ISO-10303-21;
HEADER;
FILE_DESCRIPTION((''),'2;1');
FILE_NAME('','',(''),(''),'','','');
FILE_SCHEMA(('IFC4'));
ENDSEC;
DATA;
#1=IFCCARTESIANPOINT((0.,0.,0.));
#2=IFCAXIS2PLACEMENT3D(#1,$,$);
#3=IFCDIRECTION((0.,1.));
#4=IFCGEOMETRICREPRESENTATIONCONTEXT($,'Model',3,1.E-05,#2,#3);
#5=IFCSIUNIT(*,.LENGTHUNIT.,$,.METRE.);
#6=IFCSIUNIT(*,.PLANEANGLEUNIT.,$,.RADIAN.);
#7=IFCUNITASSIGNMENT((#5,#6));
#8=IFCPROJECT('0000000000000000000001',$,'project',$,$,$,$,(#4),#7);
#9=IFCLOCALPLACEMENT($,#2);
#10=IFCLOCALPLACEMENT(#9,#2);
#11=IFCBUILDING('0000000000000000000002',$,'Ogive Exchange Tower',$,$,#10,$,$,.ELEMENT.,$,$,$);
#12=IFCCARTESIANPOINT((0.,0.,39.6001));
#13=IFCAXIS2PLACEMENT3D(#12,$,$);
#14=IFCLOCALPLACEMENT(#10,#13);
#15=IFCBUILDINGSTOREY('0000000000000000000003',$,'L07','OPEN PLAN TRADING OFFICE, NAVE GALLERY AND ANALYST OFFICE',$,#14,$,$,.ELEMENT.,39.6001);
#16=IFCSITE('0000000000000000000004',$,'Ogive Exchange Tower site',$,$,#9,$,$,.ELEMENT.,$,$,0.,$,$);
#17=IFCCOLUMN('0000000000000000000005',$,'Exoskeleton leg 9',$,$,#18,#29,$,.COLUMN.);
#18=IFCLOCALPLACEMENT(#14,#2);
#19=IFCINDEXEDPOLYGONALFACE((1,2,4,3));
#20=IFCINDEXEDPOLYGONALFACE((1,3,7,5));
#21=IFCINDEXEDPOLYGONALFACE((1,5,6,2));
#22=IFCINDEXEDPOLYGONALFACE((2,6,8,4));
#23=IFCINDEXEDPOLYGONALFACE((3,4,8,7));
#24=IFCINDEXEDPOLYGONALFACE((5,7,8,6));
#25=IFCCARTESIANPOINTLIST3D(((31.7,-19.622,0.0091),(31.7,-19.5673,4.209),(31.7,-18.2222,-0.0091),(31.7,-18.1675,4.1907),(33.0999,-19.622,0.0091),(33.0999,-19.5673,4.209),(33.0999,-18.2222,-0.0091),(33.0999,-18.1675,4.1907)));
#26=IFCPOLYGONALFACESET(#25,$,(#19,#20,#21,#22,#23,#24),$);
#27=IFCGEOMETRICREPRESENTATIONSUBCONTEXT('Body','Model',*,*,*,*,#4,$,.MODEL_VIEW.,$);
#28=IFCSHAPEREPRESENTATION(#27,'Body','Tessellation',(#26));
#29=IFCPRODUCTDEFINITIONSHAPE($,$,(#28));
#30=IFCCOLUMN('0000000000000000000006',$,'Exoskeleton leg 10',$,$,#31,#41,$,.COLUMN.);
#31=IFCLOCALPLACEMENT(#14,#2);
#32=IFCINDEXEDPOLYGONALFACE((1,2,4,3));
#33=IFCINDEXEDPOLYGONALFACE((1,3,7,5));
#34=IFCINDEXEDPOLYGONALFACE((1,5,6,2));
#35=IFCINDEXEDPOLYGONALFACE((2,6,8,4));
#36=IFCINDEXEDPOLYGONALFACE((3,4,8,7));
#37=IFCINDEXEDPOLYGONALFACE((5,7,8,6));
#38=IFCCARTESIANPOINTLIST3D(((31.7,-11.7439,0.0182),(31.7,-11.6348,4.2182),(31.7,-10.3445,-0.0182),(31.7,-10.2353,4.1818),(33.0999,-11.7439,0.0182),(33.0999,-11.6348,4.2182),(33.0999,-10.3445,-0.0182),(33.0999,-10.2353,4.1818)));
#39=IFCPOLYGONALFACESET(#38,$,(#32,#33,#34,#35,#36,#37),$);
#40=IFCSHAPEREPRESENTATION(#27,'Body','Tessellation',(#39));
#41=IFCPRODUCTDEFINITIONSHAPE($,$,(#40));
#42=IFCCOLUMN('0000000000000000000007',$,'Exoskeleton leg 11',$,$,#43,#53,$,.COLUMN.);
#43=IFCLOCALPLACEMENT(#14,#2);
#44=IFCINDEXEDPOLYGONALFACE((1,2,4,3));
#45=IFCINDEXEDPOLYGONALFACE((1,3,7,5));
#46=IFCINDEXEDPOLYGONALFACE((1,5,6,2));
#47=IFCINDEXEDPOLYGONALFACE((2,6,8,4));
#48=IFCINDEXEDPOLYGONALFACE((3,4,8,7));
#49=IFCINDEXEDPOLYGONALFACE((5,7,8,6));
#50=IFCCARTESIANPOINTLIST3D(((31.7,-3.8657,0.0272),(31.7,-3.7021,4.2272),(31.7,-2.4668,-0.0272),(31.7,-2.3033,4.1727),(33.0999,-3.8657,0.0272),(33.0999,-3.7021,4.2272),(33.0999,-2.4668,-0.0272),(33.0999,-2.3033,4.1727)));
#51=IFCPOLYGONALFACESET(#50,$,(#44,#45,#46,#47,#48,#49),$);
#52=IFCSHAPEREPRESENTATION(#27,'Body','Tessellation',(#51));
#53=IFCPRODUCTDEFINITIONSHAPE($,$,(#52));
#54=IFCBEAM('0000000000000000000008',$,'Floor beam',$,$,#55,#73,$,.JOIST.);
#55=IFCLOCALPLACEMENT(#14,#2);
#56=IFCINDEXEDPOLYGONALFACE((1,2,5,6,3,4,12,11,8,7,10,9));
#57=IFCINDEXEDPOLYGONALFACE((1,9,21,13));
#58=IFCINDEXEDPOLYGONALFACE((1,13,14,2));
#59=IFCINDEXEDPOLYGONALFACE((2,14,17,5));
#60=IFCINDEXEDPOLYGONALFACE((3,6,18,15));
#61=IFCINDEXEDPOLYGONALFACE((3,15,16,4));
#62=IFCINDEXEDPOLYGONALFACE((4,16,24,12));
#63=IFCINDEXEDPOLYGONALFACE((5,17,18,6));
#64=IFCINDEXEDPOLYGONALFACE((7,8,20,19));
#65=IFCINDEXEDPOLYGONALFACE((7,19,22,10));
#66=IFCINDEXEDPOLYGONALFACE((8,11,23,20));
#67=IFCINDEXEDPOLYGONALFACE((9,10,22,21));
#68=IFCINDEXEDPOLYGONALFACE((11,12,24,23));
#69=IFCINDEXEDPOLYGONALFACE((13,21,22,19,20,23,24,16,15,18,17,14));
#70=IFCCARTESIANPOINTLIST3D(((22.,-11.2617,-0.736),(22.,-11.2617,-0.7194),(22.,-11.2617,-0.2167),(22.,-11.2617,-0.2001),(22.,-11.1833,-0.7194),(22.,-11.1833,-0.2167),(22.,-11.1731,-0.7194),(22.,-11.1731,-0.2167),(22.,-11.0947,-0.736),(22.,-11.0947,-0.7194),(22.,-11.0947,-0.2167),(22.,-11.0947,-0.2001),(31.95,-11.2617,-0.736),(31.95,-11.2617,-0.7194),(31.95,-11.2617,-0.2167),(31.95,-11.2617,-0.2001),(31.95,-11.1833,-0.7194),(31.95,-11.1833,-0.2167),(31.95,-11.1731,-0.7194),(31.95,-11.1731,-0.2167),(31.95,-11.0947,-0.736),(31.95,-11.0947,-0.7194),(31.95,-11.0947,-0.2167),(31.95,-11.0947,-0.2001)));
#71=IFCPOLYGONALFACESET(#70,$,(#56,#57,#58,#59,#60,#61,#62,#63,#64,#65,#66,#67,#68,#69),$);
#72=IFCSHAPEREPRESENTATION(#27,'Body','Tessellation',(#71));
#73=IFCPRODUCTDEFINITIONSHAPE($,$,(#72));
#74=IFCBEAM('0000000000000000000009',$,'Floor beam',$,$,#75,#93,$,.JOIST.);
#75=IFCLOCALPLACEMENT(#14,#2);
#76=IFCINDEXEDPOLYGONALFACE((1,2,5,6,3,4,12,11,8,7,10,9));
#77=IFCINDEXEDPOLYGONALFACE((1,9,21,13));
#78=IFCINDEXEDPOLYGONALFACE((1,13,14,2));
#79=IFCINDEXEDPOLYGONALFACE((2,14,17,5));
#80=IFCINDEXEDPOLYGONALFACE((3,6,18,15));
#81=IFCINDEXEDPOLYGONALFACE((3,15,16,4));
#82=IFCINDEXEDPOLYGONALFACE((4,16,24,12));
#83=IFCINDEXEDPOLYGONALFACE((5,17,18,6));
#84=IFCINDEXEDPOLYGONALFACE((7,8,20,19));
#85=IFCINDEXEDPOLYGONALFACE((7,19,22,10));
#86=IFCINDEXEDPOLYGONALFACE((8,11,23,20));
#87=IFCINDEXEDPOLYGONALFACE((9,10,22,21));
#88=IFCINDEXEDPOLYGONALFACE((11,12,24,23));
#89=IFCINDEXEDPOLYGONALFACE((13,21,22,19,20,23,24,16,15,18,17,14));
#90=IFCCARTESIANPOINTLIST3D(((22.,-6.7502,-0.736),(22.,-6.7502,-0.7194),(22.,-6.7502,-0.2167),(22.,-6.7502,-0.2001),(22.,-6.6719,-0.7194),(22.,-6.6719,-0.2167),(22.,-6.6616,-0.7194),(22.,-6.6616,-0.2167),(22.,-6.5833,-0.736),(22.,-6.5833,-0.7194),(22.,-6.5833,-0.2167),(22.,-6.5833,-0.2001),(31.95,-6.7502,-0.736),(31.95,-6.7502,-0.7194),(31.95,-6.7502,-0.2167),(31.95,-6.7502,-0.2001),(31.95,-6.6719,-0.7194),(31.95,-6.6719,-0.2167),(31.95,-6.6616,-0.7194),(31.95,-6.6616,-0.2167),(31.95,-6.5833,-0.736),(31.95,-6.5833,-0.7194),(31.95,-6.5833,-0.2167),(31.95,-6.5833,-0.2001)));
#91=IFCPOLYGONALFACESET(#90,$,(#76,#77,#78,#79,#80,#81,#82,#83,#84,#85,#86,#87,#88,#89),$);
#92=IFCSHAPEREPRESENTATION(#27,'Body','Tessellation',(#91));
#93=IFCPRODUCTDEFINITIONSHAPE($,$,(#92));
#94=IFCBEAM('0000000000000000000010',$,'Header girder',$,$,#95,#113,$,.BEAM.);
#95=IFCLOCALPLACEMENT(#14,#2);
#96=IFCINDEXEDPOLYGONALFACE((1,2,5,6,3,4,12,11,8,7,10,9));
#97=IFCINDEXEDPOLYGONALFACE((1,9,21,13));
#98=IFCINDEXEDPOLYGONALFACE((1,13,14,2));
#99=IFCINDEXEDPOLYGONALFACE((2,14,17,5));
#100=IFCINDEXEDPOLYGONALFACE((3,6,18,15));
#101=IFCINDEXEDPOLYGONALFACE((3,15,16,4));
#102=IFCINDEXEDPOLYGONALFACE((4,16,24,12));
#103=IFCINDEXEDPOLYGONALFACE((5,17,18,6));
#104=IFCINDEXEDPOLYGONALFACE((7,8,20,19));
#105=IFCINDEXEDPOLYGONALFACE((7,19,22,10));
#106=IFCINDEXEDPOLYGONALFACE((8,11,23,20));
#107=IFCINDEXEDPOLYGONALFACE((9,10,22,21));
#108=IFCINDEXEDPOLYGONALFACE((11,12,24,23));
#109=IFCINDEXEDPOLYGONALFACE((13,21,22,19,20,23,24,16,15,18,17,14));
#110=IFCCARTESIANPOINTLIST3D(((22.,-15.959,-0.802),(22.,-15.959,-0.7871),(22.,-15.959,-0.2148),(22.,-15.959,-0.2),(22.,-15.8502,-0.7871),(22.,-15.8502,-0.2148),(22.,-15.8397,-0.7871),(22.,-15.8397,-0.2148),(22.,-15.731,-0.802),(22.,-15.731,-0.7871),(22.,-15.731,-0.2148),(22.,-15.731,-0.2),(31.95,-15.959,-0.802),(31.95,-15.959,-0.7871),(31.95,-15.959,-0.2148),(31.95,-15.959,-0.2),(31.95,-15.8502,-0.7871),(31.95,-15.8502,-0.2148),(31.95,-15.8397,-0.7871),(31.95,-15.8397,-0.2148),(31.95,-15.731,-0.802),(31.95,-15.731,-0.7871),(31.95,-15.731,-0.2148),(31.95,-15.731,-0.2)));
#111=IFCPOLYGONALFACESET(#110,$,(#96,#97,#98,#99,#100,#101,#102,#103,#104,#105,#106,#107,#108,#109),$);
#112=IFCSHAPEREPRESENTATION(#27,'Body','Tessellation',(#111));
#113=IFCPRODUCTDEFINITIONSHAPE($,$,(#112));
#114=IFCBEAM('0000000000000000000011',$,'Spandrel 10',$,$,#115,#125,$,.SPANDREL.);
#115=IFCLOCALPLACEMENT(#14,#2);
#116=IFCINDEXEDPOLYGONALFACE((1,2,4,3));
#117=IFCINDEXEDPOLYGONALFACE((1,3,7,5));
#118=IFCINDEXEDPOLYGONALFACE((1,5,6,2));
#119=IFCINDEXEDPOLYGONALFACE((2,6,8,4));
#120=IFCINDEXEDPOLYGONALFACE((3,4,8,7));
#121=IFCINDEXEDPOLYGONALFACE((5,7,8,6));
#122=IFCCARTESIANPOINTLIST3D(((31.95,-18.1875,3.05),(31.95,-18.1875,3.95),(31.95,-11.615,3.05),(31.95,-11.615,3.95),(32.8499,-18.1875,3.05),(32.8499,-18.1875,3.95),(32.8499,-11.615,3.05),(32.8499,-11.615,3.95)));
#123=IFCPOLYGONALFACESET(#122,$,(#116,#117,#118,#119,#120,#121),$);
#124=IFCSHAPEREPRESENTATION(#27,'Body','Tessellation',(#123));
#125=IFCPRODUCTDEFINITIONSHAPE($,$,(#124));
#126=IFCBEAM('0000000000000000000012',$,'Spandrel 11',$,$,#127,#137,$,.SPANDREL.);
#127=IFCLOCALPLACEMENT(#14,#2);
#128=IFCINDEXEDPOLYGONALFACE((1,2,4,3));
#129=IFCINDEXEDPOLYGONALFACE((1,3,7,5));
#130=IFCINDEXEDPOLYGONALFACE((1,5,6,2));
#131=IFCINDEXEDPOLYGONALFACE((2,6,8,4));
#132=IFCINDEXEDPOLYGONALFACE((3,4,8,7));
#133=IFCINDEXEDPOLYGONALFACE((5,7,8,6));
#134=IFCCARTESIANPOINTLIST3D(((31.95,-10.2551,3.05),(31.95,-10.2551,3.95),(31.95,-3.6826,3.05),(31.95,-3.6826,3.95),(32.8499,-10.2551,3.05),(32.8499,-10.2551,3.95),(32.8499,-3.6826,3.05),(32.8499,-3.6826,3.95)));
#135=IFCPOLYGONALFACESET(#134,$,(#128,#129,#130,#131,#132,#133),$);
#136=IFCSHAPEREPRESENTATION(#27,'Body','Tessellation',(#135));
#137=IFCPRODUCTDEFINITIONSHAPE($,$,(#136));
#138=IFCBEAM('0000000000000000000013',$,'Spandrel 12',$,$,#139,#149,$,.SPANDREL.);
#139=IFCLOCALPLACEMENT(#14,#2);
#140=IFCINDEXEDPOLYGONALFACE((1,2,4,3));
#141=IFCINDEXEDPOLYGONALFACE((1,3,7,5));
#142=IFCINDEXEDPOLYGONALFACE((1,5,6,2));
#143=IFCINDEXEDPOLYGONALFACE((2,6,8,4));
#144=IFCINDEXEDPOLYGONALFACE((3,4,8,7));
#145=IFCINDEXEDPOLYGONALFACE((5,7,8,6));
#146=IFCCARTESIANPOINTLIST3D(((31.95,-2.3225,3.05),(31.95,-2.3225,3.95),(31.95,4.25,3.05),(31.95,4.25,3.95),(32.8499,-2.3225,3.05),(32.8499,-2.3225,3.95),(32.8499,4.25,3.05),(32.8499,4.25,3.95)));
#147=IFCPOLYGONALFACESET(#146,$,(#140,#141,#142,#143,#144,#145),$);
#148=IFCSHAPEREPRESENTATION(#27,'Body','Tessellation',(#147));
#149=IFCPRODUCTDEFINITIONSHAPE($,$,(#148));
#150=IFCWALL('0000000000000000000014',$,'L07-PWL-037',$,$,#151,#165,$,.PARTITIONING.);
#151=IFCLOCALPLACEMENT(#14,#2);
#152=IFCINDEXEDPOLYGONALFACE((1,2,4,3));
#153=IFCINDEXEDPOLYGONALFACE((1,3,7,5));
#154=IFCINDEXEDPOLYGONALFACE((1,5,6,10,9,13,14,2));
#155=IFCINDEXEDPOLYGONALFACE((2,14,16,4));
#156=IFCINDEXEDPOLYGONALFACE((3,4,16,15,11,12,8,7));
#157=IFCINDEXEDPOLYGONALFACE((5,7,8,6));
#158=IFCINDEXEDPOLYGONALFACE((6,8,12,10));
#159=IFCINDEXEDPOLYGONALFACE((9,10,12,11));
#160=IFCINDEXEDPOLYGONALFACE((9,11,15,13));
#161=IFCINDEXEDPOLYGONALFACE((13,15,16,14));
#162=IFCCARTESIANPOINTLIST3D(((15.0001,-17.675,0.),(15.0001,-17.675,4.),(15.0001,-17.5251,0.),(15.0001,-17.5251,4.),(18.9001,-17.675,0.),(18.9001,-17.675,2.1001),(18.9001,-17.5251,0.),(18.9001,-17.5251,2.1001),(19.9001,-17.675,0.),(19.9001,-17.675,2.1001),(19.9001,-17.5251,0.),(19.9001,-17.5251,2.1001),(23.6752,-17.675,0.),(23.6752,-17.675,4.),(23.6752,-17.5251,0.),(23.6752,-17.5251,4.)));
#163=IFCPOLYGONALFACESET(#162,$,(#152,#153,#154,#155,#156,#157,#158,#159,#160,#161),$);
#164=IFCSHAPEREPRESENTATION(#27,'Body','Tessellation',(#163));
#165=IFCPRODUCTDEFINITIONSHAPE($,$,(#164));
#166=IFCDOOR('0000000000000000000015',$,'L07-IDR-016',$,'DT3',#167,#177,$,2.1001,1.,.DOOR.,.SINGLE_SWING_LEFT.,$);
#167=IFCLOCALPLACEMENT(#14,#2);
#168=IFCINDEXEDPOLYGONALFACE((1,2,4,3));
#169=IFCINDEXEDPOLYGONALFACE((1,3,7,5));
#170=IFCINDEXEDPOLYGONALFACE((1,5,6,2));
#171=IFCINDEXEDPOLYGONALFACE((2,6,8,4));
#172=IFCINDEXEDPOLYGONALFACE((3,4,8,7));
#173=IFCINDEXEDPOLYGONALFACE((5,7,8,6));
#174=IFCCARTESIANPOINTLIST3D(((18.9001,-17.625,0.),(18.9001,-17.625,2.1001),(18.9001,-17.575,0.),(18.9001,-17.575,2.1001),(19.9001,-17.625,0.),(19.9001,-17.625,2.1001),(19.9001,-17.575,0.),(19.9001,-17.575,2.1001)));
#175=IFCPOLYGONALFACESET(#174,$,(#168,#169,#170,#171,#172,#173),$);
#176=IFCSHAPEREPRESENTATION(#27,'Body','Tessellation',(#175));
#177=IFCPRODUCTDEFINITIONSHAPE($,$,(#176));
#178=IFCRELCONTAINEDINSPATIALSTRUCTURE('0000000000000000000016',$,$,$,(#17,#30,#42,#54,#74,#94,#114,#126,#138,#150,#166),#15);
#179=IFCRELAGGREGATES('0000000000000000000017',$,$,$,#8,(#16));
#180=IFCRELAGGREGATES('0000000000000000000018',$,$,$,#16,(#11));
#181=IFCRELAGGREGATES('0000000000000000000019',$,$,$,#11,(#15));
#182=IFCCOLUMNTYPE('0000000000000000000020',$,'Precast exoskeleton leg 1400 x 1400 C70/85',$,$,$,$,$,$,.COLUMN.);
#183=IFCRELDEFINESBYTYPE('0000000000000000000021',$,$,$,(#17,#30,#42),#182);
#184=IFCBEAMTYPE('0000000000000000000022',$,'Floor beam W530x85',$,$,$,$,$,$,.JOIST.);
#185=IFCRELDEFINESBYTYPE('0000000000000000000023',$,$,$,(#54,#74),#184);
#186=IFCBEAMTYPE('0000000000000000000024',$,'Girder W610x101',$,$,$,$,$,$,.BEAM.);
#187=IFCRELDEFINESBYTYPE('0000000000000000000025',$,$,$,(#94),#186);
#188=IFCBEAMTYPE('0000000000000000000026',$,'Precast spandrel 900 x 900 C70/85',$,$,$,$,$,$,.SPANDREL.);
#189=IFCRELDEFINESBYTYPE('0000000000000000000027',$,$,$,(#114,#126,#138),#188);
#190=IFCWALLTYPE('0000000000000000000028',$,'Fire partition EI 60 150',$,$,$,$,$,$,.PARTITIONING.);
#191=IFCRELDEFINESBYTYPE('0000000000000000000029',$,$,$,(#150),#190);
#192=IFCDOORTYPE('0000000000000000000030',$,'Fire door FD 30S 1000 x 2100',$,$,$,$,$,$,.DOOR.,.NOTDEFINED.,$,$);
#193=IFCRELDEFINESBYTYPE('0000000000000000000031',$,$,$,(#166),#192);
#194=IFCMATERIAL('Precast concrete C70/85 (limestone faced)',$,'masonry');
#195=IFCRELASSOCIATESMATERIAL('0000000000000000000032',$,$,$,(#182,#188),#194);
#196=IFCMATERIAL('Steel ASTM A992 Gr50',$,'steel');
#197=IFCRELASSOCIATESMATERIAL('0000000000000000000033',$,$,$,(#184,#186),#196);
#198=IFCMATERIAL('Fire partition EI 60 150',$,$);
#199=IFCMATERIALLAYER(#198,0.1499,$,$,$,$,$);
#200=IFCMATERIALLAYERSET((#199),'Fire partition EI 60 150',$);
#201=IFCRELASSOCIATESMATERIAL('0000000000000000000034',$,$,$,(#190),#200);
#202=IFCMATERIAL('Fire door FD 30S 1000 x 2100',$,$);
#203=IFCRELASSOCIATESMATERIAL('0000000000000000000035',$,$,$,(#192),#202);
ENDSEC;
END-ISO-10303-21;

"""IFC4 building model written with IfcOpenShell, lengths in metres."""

from ifc_helpers import new_model, si_unit, direction, frame, frame_2d, origin, origin_2d, place, context, subcontext, project, spatial, rectangle, i_section, extrude, material, layer, layer_set, material_profile, profile_set, type_object, element, fill, save


model = new_model("IFC4")

# Units and contexts
model_context = context("Model", 3, precision=1e-05, world=origin(), true_north=direction((0.0, 1.0)))
body_context = subcontext(model_context, "Body", "Model", "MODEL_VIEW")
ifc_project = project(units=[si_unit("LENGTHUNIT", "METRE"), si_unit("PLANEANGLEUNIT", "RADIAN")], contexts=[model_context])

# Site, building, storey
site_placement = place(None, origin())
site = spatial("IfcSite", under=ifc_project, at=site_placement, Name="Ogive Exchange Tower site", CompositionType="ELEMENT", RefElevation=0.0)
building_placement = place(site_placement, origin())
building = spatial("IfcBuilding", under=site, at=building_placement, Name="Ogive Exchange Tower", CompositionType="ELEMENT")
storey_placement = place(building_placement, frame((0.0, 0.0, 39.6001)))
storey = spatial("IfcBuildingStorey", under=building, at=storey_placement, Name="L07", Description="OPEN PLAN TRADING OFFICE, NAVE GALLERY AND ANALYST OFFICE", CompositionType="ELEMENT", Elevation=39.6001)

# Columns
ifc_material_1 = material(Name="Precast concrete C70/85 (limestone faced)", Category="masonry")
ifc_material_profile_1 = material_profile(ifc_material_1, rectangle(XDim=1.3999, YDim=1.3999, at=origin_2d()), Name="1400 x 1400")
ifc_profile_set_1 = profile_set([ifc_material_profile_1], Name="Precast concrete C70/85 (limestone faced)")
column_type = type_object("IfcColumnType", Name="Precast exoskeleton leg 1400 x 1400 C70/85", PredefinedType="COLUMN", material=ifc_profile_set_1)
column_1_placement = place(storey_placement, frame((32.3999, -18.9221, 0.0), z_axis=(0.0, 0.01302, 0.999915), x_axis=(-1.0, 0.0, 0.0)))
element("IfcColumn", 1, at=column_1_placement, inside=storey, type_object=column_type, Name="Exoskeleton leg 9", PredefinedType="COLUMN", context=body_context, shape_type="SweptSolid", body=[
    extrude(rectangle(XDim=1.3999, YDim=1.3999, at=origin_2d()), origin(), (0.0, 0.0, 1.0), 4.2002),
])
column_2_placement = place(storey_placement, frame((32.3999, -11.0442, 0.0), z_axis=(0.0, 0.025975, 0.999663), x_axis=(-1.0, 0.0, 0.0)))
element("IfcColumn", 2, at=column_2_placement, inside=storey, type_object=column_type, Name="Exoskeleton leg 10", PredefinedType="COLUMN", context=body_context, shape_type="SweptSolid", body=[
    extrude(rectangle(XDim=1.3999, YDim=1.3999, at=origin_2d()), origin(), (0.0, 0.0, 1.0), 4.2014),
])
column_3_placement = place(storey_placement, frame((32.3999, -3.1663, 0.0), z_axis=(0.0, 0.038917, 0.999242), x_axis=(-1.0, 0.0, 0.0)))
element("IfcColumn", 3, at=column_3_placement, inside=storey, type_object=column_type, Name="Exoskeleton leg 11", PredefinedType="COLUMN", context=body_context, shape_type="SweptSolid", body=[
    extrude(rectangle(XDim=1.3999, YDim=1.3999, at=origin_2d()), origin(), (0.0, 0.0, 1.0), 4.2031),
])

# Beams
ifc_material_2 = material(Name="Steel ASTM A992 Gr50", Category="steel")
ifc_material_profile_2 = material_profile(ifc_material_2, i_section(OverallWidth=0.167, OverallDepth=0.5359, WebThickness=0.0103, FlangeThickness=0.0166, at=origin_2d()), Name="W530x85")
ifc_profile_set_2 = profile_set([ifc_material_profile_2], Name="Steel ASTM A992 Gr50")
beam_type_1 = type_object("IfcBeamType", Name="Floor beam W530x85", PredefinedType="JOIST", material=ifc_profile_set_2)
for number, where, z_axis, x_axis, name in (
    (4, (22.0, -11.1782, -0.468), (1.0, 0.0, 0.0), (0.0, 1.0, 0.0), "Floor beam"),
    (5, (22.0, -6.6667, -0.468), (1.0, 0.0, 0.0), (0.0, 1.0, 0.0), "Floor beam"),
):
    element("IfcBeam", number, at=place(storey_placement, frame(where, z_axis=z_axis, x_axis=x_axis)), inside=storey, type_object=beam_type_1, Name=name, PredefinedType="JOIST", context=body_context, shape_type="SweptSolid", body=[
        extrude(i_section(OverallWidth=0.167, OverallDepth=0.5359, WebThickness=0.0103, FlangeThickness=0.0166, at=origin_2d()), origin(), (0.0, 0.0, 1.0), 9.95),
    ])
ifc_material_profile_3 = material_profile(ifc_material_2, i_section(OverallWidth=0.228, OverallDepth=0.6021, WebThickness=0.0105, FlangeThickness=0.0149, at=origin_2d()), Name="W610x101")
ifc_profile_set_3 = profile_set([ifc_material_profile_3], Name="Steel ASTM A992 Gr50")
beam_type_2 = type_object("IfcBeamType", Name="Girder W610x101", PredefinedType="BEAM", material=ifc_profile_set_3)
beam_placement = place(storey_placement, frame((22.0, -15.845, -0.501), z_axis=(1.0, 0.0, 0.0), x_axis=(0.0, 1.0, 0.0)))
element("IfcBeam", 6, at=beam_placement, inside=storey, type_object=beam_type_2, Name="Header girder", PredefinedType="BEAM", context=body_context, shape_type="SweptSolid", body=[
    extrude(i_section(OverallWidth=0.228, OverallDepth=0.6021, WebThickness=0.0105, FlangeThickness=0.0149, at=origin_2d()), origin(), (0.0, 0.0, 1.0), 9.95),
])
ifc_material_profile_4 = material_profile(ifc_material_1, rectangle(XDim=0.8999, YDim=0.8999, at=origin_2d()), Name="900 x 900")
ifc_profile_set_4 = profile_set([ifc_material_profile_4], Name="Precast concrete C70/85 (limestone faced)")
beam_type_3 = type_object("IfcBeamType", Name="Precast spandrel 900 x 900 C70/85", PredefinedType="SPANDREL", material=ifc_profile_set_4)
for number, where, z_axis, x_axis, name in (
    (7, (32.3999, -18.1875, 3.5), (0.0, 1.0, 0.0), (-1.0, 0.0, 0.0), "Spandrel 10"),
    (8, (32.3999, -10.2551, 3.5), (0.0, 1.0, 0.0), (-1.0, 0.0, 0.0), "Spandrel 11"),
    (9, (32.3999, -2.3225, 3.5), (0.0, 1.0, 0.0), (-1.0, 0.0, 0.0), "Spandrel 12"),
):
    element("IfcBeam", number, at=place(storey_placement, frame(where, z_axis=z_axis, x_axis=x_axis)), inside=storey, type_object=beam_type_3, Name=name, PredefinedType="SPANDREL", context=body_context, shape_type="SweptSolid", body=[
        extrude(rectangle(XDim=0.8999, YDim=0.8999, at=origin_2d()), origin(), (0.0, 0.0, 1.0), 6.5725),
    ])

# Wall, opening, door
ifc_material_3 = material(Name="Fire partition EI 60 150")
ifc_layer_1 = layer(ifc_material_3, 0.1499)
ifc_layer_set_1 = layer_set([ifc_layer_1], Name="Fire partition EI 60 150")
wall_type_1 = type_object("IfcWallType", Name="Fire partition EI 60 150", PredefinedType="PARTITIONING", material=ifc_layer_set_1)
wall_1_placement = place(storey_placement, frame((23.675, -17.6001, 0.0), z_axis=(0.0, 0.0, 1.0), x_axis=(-1.0, 0.0, 0.0)))
wall_1 = element("IfcWall", 10, at=wall_1_placement, inside=storey, type_object=wall_type_1, Name="L07-PWL-037", PredefinedType="PARTITIONING", context=body_context, shape_type="SweptSolid", body=[
    extrude(rectangle(XDim=8.675, YDim=0.1499, at=frame_2d((4.3374, 0.0))), origin(), (0.0, 0.0, 1.0), 4.0),
])
opening_1_placement = place(wall_1_placement, frame((3.7749, 0.0, 0.0)))
opening_1 = element("IfcOpeningElement", 11, at=opening_1_placement, cuts=wall_1, PredefinedType="OPENING", context=body_context, shape_type="SweptSolid", body=[
    extrude(rectangle(XDim=1.0, YDim=2.1001, at=frame_2d((0.5, 1.05))), frame((0.0, 0.085, 0.0), z_axis=(0.0, -1.0, 0.0), x_axis=(1.0, 0.0, 0.0)), (0.0, 0.0, 1.0), 0.1699),
])
ifc_material_4 = material(Name="Fire door FD 30S 1000 x 2100")
door_type_1 = type_object("IfcDoorType", Name="Fire door FD 30S 1000 x 2100", OperationType="NOTDEFINED", PredefinedType="DOOR", material=ifc_material_4)
door_1_placement = place(opening_1_placement, origin())
door_1 = element("IfcDoor", 12, at=door_1_placement, inside=storey, type_object=door_type_1, Name="L07-IDR-016", ObjectType="DT3", OperationType="SINGLE_SWING_LEFT", OverallHeight=2.1001, OverallWidth=1.0, PredefinedType="DOOR", context=body_context, shape_type="SweptSolid", body=[
    extrude(rectangle(XDim=1.0, YDim=2.1001, at=frame_2d((0.5, 1.05))), frame((0.0, 0.0249, 0.0), z_axis=(0.0, -1.0, 0.0), x_axis=(1.0, 0.0, 0.0)), (0.0, 0.0, 1.0), 0.05),
])
fill(opening_1, door_1)

save(model, "model.ifc")
